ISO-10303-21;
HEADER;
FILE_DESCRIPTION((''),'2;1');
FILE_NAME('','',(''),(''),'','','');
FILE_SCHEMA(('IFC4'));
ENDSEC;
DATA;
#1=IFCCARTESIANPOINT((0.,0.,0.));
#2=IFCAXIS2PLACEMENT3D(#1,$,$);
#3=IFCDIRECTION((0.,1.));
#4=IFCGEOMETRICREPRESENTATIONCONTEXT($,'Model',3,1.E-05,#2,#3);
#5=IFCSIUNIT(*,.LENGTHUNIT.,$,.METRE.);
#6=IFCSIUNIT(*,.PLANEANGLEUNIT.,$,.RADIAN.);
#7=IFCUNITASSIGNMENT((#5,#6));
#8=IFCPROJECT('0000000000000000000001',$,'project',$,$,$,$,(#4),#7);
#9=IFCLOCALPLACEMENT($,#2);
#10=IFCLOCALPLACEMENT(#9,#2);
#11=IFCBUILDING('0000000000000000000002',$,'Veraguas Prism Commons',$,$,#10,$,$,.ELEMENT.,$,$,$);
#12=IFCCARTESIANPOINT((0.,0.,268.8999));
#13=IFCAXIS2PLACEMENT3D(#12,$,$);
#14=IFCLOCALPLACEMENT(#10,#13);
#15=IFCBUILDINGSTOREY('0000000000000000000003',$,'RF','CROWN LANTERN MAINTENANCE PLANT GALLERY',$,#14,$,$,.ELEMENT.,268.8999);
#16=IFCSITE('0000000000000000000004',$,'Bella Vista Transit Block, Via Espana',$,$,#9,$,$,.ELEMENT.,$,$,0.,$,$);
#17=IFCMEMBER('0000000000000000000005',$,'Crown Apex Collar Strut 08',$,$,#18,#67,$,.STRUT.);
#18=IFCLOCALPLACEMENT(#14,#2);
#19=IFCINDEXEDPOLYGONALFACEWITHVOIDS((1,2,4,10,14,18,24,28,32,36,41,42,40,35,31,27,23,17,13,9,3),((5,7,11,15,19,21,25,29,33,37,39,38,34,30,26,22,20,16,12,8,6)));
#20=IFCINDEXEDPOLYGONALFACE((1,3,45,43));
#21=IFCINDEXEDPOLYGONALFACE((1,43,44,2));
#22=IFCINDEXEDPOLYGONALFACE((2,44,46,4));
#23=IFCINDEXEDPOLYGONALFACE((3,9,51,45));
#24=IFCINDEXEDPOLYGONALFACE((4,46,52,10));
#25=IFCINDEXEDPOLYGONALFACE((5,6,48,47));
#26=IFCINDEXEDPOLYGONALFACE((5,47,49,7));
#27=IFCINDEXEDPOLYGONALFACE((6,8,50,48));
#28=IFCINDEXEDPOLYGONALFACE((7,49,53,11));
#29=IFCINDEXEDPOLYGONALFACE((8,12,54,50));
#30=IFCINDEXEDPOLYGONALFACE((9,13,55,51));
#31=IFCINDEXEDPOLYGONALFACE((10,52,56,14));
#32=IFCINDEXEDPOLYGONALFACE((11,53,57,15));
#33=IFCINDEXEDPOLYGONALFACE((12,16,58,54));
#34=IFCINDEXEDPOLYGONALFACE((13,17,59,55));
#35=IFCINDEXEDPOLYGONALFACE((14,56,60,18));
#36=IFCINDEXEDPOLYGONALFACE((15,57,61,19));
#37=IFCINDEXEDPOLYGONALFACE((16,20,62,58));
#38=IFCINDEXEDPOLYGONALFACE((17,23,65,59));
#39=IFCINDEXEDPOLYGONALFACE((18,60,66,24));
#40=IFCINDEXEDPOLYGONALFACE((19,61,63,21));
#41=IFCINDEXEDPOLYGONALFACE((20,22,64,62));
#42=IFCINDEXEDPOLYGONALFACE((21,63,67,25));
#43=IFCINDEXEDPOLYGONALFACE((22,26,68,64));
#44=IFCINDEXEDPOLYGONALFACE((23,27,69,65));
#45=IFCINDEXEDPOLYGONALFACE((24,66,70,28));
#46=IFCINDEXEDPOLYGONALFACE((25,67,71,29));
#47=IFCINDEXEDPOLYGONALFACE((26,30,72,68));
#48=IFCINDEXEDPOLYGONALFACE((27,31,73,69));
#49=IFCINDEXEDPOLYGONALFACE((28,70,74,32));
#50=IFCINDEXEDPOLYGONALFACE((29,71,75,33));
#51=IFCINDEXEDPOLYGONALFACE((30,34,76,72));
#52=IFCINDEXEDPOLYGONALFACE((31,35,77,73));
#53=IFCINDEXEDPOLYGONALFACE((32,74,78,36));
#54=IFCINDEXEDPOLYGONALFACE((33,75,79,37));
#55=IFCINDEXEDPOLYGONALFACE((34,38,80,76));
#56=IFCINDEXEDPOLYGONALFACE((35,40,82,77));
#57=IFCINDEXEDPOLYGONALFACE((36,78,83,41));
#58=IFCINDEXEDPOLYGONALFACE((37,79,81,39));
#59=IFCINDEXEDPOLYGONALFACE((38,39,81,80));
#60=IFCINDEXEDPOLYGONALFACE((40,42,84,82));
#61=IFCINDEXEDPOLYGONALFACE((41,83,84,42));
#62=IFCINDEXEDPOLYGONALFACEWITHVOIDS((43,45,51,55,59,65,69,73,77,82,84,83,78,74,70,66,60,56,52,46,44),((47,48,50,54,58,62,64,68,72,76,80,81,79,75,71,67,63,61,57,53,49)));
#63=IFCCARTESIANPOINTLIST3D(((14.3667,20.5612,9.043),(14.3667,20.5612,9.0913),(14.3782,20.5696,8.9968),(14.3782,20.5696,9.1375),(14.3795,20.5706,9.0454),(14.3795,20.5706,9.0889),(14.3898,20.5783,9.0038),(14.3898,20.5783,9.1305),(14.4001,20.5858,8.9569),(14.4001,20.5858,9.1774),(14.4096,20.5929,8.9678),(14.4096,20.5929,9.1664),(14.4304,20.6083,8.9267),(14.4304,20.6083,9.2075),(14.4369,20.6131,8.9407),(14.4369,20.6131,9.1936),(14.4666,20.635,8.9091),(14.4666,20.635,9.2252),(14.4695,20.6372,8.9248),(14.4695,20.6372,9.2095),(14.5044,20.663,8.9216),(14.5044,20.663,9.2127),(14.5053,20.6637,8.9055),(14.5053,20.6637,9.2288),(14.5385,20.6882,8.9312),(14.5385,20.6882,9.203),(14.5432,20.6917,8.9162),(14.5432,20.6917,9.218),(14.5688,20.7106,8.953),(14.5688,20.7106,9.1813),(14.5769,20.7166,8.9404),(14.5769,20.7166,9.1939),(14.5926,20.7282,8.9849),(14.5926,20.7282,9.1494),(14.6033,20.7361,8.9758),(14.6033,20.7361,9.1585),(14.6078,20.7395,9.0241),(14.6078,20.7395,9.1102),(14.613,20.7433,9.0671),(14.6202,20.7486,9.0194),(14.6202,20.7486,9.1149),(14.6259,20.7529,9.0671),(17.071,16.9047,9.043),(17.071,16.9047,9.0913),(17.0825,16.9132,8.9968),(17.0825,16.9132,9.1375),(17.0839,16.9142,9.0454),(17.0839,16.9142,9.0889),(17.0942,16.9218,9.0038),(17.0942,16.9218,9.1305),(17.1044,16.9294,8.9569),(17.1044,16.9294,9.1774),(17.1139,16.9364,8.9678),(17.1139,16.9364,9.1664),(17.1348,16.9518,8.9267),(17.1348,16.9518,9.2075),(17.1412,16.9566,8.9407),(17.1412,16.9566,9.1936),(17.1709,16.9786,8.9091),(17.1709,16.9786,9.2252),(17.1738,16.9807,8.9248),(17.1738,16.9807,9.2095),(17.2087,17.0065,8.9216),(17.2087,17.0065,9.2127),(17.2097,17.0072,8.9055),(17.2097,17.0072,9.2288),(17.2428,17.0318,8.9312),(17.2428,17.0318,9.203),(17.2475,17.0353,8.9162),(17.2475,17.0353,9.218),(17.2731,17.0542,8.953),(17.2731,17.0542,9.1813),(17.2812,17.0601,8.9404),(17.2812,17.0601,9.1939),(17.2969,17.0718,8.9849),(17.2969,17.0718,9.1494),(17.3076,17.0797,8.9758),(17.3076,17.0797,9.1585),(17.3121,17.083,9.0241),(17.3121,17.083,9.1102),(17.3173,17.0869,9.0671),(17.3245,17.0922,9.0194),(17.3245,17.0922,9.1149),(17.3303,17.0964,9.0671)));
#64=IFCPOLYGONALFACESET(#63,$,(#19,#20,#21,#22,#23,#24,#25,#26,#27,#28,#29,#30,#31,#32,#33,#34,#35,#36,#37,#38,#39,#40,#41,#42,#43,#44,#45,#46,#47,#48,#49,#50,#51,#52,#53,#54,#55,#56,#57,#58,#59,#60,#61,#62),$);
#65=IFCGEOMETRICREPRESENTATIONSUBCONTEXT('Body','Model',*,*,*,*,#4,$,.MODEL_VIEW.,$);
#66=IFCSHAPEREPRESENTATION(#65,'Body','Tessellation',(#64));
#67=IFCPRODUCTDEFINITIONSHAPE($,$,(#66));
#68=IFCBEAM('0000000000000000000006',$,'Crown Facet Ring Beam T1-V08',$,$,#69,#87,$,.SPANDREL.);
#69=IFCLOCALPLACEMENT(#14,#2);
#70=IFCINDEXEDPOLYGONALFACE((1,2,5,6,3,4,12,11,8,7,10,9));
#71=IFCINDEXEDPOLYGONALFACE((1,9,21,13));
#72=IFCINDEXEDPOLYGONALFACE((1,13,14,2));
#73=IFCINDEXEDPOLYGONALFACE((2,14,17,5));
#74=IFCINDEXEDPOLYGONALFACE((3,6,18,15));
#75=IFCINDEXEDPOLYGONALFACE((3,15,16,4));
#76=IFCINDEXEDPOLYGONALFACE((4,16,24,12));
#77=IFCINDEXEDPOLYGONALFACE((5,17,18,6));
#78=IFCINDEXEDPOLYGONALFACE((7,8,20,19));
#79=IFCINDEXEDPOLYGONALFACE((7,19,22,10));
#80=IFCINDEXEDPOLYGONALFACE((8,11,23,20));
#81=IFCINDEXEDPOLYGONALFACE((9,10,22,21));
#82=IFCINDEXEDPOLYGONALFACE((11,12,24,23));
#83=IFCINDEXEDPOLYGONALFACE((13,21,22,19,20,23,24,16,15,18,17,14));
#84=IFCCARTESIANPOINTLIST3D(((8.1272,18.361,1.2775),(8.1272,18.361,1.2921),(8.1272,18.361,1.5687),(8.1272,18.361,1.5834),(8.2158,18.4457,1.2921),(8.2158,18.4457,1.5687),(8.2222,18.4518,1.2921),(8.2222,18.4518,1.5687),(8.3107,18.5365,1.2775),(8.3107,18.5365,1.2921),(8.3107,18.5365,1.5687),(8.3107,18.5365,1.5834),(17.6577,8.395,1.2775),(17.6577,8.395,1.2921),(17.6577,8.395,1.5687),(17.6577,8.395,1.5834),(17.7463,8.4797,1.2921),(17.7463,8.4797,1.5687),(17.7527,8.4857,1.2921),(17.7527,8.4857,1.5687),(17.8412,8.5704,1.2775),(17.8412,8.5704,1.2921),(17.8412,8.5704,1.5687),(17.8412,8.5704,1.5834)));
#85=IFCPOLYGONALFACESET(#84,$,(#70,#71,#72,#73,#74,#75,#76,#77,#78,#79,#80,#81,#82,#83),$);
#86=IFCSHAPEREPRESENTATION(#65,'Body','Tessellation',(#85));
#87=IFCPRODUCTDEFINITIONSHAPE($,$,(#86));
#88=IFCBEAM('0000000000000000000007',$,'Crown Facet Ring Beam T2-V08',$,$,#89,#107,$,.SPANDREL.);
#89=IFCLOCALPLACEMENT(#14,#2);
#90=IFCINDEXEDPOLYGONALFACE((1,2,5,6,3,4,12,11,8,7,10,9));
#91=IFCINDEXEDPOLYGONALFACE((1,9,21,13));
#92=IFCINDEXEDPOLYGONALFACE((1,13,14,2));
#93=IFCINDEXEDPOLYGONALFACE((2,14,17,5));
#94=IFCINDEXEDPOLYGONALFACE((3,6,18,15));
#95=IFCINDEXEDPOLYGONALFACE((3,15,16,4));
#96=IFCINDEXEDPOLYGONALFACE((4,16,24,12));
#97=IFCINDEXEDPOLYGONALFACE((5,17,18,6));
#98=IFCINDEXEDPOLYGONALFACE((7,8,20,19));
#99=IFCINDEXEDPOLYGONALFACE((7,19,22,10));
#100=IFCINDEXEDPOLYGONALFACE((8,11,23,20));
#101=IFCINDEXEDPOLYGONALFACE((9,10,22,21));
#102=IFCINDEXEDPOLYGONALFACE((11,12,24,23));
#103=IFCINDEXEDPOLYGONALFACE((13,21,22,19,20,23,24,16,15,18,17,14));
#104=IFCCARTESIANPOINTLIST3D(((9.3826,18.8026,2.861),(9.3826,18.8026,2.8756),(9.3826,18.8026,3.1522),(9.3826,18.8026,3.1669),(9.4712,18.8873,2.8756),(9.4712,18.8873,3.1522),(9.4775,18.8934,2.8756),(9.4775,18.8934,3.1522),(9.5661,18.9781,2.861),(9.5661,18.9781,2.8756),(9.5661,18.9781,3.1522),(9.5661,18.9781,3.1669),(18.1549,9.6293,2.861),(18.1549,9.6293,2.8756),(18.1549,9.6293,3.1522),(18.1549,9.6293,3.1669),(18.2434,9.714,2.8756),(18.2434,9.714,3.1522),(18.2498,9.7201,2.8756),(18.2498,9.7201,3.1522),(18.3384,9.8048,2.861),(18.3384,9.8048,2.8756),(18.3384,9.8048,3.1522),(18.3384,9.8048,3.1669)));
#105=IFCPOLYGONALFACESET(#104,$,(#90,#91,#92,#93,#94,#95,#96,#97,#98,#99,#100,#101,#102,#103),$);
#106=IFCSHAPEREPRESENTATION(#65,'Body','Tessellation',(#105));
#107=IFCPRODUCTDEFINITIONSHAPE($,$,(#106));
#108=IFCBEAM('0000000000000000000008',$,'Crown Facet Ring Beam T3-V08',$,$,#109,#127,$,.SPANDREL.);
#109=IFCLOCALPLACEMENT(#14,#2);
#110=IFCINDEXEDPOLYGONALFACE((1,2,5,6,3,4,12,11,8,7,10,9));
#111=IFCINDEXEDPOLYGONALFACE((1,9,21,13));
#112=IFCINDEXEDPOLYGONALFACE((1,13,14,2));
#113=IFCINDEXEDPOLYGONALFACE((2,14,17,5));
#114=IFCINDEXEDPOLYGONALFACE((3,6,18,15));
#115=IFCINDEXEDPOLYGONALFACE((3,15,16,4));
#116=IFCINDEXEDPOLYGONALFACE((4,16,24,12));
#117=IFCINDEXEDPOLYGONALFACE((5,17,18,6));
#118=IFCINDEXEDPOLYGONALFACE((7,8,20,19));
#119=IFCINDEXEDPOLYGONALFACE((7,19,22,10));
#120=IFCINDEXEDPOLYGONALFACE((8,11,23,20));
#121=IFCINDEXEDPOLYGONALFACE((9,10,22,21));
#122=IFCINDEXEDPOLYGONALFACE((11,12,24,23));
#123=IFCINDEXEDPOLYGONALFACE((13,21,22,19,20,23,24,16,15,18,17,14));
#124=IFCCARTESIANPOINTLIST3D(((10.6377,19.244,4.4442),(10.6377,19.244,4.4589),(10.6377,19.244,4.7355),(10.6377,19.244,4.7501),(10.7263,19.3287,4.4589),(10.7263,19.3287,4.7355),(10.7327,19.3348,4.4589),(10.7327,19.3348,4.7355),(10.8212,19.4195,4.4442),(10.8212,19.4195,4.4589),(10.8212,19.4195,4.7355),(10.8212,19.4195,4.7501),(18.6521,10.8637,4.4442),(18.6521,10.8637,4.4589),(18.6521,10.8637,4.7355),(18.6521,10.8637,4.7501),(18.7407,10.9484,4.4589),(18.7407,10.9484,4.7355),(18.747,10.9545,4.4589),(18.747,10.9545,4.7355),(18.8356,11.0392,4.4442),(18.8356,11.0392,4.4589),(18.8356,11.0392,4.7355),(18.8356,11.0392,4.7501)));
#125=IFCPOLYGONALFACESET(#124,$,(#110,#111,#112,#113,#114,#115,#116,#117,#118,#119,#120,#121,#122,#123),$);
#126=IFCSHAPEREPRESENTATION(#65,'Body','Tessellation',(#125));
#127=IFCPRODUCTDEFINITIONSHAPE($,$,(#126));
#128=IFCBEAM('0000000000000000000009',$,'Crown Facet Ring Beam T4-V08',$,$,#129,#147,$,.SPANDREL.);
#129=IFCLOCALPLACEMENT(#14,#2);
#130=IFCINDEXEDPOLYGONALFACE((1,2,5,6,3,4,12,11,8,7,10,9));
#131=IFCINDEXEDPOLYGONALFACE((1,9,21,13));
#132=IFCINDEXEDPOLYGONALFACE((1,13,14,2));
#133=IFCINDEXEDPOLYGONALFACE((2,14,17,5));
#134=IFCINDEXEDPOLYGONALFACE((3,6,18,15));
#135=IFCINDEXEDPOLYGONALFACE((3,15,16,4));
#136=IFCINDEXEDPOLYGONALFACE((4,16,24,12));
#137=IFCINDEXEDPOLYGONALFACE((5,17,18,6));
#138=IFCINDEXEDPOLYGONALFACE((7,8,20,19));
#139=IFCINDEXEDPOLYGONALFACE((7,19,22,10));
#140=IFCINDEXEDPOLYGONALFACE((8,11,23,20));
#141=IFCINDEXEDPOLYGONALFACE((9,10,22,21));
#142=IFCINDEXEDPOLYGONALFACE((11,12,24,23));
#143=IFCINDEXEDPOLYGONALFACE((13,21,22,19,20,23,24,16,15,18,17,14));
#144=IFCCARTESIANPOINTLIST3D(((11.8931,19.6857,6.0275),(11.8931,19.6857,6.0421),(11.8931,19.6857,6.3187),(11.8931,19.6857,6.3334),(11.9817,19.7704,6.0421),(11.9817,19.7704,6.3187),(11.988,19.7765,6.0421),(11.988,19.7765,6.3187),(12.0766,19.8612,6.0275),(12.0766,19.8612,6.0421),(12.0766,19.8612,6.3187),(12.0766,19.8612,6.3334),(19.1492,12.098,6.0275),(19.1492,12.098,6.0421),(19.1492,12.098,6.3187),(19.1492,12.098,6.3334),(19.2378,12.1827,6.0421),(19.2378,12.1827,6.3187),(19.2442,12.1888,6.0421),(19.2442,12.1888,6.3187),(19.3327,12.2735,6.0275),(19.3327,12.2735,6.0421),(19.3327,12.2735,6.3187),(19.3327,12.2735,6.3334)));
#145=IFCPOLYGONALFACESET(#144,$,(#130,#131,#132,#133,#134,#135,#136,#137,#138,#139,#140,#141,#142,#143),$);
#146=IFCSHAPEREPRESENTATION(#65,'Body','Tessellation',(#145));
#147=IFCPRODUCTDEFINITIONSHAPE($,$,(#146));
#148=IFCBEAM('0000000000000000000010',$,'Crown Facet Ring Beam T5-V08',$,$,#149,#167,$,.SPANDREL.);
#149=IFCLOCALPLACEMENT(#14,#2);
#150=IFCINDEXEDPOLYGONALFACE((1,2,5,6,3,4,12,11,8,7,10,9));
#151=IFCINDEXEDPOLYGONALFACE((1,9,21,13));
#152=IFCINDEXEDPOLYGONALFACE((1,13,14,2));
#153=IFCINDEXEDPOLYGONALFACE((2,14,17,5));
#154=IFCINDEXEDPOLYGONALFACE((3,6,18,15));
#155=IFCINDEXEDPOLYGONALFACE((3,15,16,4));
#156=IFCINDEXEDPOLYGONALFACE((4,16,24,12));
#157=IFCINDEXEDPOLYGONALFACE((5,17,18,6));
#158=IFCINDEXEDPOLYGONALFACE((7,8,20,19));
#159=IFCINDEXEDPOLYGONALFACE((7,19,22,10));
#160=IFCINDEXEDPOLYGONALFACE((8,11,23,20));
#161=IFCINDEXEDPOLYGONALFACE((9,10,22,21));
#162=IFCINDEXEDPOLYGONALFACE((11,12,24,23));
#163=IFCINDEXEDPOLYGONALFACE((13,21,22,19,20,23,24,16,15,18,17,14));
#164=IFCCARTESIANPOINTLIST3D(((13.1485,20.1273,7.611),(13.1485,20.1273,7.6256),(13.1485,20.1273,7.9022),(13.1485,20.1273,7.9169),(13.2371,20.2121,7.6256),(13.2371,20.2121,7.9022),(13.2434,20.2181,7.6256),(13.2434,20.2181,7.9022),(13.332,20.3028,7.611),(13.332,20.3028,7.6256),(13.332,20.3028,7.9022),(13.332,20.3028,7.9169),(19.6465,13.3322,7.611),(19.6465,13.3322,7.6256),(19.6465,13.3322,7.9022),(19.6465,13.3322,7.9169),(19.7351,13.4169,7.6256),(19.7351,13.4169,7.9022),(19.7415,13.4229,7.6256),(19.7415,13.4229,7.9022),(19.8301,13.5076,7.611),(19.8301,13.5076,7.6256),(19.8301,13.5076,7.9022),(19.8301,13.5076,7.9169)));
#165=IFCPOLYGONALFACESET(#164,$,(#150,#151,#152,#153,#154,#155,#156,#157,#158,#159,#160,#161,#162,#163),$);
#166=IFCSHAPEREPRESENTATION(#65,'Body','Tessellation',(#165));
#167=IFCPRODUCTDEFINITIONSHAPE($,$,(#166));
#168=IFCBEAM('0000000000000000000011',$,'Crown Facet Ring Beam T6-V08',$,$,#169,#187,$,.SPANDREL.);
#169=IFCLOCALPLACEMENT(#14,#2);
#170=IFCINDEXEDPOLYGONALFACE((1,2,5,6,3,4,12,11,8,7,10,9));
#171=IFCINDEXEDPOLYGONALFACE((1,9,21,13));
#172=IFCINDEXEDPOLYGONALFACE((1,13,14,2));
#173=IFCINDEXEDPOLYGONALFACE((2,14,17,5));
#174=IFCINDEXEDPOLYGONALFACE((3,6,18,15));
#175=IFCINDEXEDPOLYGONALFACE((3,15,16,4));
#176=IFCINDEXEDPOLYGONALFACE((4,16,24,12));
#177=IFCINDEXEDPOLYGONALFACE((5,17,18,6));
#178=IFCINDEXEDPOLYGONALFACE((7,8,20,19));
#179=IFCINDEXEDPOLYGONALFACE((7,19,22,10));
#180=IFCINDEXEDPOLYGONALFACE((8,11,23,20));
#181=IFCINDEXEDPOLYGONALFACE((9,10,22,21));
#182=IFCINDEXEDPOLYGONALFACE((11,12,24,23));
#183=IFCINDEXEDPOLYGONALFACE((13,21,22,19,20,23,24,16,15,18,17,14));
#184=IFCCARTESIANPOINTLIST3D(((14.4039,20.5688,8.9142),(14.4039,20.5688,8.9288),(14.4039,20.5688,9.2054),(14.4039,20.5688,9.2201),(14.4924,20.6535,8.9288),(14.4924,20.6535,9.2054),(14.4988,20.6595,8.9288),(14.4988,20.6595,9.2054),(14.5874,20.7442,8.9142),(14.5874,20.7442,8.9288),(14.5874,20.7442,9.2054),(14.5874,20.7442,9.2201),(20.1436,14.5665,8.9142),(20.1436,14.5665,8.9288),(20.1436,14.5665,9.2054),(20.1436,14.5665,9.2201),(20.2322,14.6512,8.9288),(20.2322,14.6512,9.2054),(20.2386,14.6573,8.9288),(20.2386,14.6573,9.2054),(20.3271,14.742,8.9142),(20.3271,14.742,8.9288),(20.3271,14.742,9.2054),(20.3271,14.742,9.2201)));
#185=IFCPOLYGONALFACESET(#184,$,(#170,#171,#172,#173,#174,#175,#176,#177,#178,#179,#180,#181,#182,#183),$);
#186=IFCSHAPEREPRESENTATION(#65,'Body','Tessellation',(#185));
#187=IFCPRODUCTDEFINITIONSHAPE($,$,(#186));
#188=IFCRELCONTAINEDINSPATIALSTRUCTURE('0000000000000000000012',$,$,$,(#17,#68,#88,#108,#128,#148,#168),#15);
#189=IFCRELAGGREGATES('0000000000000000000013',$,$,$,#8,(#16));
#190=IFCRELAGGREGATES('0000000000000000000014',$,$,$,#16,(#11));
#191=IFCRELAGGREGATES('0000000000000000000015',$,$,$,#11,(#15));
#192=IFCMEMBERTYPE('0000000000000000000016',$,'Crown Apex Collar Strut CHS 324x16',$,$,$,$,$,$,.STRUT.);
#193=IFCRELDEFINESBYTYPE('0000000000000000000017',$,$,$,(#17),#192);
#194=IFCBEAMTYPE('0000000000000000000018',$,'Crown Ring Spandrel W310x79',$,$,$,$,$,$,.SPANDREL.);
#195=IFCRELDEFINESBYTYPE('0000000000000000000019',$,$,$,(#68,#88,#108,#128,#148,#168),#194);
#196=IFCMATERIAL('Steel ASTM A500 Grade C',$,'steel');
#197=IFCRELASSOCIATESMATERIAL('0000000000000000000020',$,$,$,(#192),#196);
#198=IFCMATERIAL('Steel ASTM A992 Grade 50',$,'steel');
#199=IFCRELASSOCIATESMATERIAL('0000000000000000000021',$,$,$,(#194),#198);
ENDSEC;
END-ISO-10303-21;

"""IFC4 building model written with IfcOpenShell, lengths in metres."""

from ifc_helpers import new_model, si_unit, direction, frame, origin, origin_2d, place, context, subcontext, project, spatial, hollow_circle, i_section, extrude, material, material_profile, profile_set, type_object, element, save


model = new_model("IFC4")

# Units and contexts
model_context = context("Model", 3, precision=1e-05, world=origin(), true_north=direction((0.0, 1.0)))
body_context = subcontext(model_context, "Body", "Model", "MODEL_VIEW")
ifc_project = project(units=[si_unit("LENGTHUNIT", "METRE"), si_unit("PLANEANGLEUNIT", "RADIAN")], contexts=[model_context])

# Site, building, storey
site_placement = place(None, origin())
site = spatial("IfcSite", under=ifc_project, at=site_placement, Name="Bella Vista Transit Block, Via Espana", CompositionType="ELEMENT", RefElevation=0.0)
building_placement = place(site_placement, origin())
building = spatial("IfcBuilding", under=site, at=building_placement, Name="Veraguas Prism Commons", CompositionType="ELEMENT")
storey_placement = place(building_placement, frame((0.0, 0.0, 268.8999)))
storey = spatial("IfcBuildingStorey", under=building, at=storey_placement, Name="RF", Description="CROWN LANTERN MAINTENANCE PLANT GALLERY", CompositionType="ELEMENT", Elevation=268.8999)

# Member
ifc_material_1 = material(Name="Steel ASTM A500 Grade C", Category="steel")
ifc_material_profile_1 = material_profile(ifc_material_1, hollow_circle(Radius=0.1621, WallThickness=0.0161, at=origin_2d()), Name="CHS324X16")
ifc_profile_set_1 = profile_set([ifc_material_profile_1], Name="Steel ASTM A500 Grade C")
member_type_1 = type_object("IfcMemberType", Name="Crown Apex Collar Strut CHS 324x16", PredefinedType="STRUT", material=ifc_profile_set_1)
member_1_placement = place(storey_placement, frame((14.4956, 20.6565, 9.0671), z_axis=(0.594636, -0.803995, 0.0), x_axis=(0.803995, 0.594636, 0.0)))
element("IfcMember", 1, at=member_1_placement, inside=storey, type_object=member_type_1, Name="Crown Apex Collar Strut 08", PredefinedType="STRUT", context=body_context, shape_type="SweptSolid", body=[
    extrude(hollow_circle(Radius=0.1621, WallThickness=0.0161, at=origin_2d()), origin(), (0.0, 0.0, 1.0), 4.5479),
])

# Beams
ifc_material_2 = material(Name="Steel ASTM A992 Grade 50", Category="steel")
ifc_material_profile_2 = material_profile(ifc_material_2, i_section(OverallWidth=0.2539, OverallDepth=0.3059, WebThickness=0.0088, FlangeThickness=0.0146, at=origin_2d()), Name="W310X79")
ifc_profile_set_2 = profile_set([ifc_material_profile_2], Name="Steel ASTM A992 Grade 50")
beam_type = type_object("IfcBeamType", Name="Crown Ring Spandrel W310x79", PredefinedType="SPANDREL", material=ifc_profile_set_2)
beam_1_placement = place(storey_placement, frame((8.219, 18.4487, 1.4304), z_axis=(0.691138, -0.722723, 0.0), x_axis=(0.722723, 0.691138, 0.0)))
element("IfcBeam", 2, at=beam_1_placement, inside=storey, type_object=beam_type, Name="Crown Facet Ring Beam T1-V08", PredefinedType="SPANDREL", context=body_context, shape_type="SweptSolid", body=[
    extrude(i_section(OverallWidth=0.2539, OverallDepth=0.3059, WebThickness=0.0088, FlangeThickness=0.0146, at=origin_2d()), origin(), (0.0, 0.0, 1.0), 13.7896),
])
beam_2_placement = place(storey_placement, frame((9.4744, 18.8904, 3.0139), z_axis=(0.691129, -0.722732, 0.0), x_axis=(0.722732, 0.691129, 0.0)))
element("IfcBeam", 3, at=beam_2_placement, inside=storey, type_object=beam_type, Name="Crown Facet Ring Beam T2-V08", PredefinedType="SPANDREL", context=body_context, shape_type="SweptSolid", body=[
    extrude(i_section(OverallWidth=0.2539, OverallDepth=0.3059, WebThickness=0.0088, FlangeThickness=0.0146, at=origin_2d()), origin(), (0.0, 0.0, 1.0), 12.6926),
])
beam_3_placement = place(storey_placement, frame((10.7295, 19.3318, 4.5972), z_axis=(0.69115, -0.722711, 0.0), x_axis=(0.722711, 0.69115, 0.0)))
element("IfcBeam", 4, at=beam_3_placement, inside=storey, type_object=beam_type, Name="Crown Facet Ring Beam T3-V08", PredefinedType="SPANDREL", context=body_context, shape_type="SweptSolid", body=[
    extrude(i_section(OverallWidth=0.2539, OverallDepth=0.3059, WebThickness=0.0088, FlangeThickness=0.0146, at=origin_2d()), origin(), (0.0, 0.0, 1.0), 11.5957),
])
beam_4_placement = place(storey_placement, frame((11.9849, 19.7734, 6.1804), z_axis=(0.691141, -0.72272, 0.0), x_axis=(0.72272, 0.691141, 0.0)))
element("IfcBeam", 5, at=beam_4_placement, inside=storey, type_object=beam_type, Name="Crown Facet Ring Beam T4-V08", PredefinedType="SPANDREL", context=body_context, shape_type="SweptSolid", body=[
    extrude(i_section(OverallWidth=0.2539, OverallDepth=0.3059, WebThickness=0.0088, FlangeThickness=0.0146, at=origin_2d()), origin(), (0.0, 0.0, 1.0), 10.4988),
])
beam_5_placement = place(storey_placement, frame((13.2402, 20.2151, 7.7639), z_axis=(0.691129, -0.722731, 0.0), x_axis=(0.722731, 0.691129, 0.0)))
element("IfcBeam", 6, at=beam_5_placement, inside=storey, type_object=beam_type, Name="Crown Facet Ring Beam T5-V08", PredefinedType="SPANDREL", context=body_context, shape_type="SweptSolid", body=[
    extrude(i_section(OverallWidth=0.2539, OverallDepth=0.3059, WebThickness=0.0088, FlangeThickness=0.0146, at=origin_2d()), origin(), (0.0, 0.0, 1.0), 9.4021),
])
beam_6_placement = place(storey_placement, frame((14.4956, 20.6565, 9.0671), z_axis=(0.691129, -0.722731, 0.0), x_axis=(0.722731, 0.691129, 0.0)))
element("IfcBeam", 7, at=beam_6_placement, inside=storey, type_object=beam_type, Name="Crown Facet Ring Beam T6-V08", PredefinedType="SPANDREL", context=body_context, shape_type="SweptSolid", body=[
    extrude(i_section(OverallWidth=0.2539, OverallDepth=0.3059, WebThickness=0.0088, FlangeThickness=0.0146, at=origin_2d()), origin(), (0.0, 0.0, 1.0), 8.3049),
])

save(model, "model.ifc")
